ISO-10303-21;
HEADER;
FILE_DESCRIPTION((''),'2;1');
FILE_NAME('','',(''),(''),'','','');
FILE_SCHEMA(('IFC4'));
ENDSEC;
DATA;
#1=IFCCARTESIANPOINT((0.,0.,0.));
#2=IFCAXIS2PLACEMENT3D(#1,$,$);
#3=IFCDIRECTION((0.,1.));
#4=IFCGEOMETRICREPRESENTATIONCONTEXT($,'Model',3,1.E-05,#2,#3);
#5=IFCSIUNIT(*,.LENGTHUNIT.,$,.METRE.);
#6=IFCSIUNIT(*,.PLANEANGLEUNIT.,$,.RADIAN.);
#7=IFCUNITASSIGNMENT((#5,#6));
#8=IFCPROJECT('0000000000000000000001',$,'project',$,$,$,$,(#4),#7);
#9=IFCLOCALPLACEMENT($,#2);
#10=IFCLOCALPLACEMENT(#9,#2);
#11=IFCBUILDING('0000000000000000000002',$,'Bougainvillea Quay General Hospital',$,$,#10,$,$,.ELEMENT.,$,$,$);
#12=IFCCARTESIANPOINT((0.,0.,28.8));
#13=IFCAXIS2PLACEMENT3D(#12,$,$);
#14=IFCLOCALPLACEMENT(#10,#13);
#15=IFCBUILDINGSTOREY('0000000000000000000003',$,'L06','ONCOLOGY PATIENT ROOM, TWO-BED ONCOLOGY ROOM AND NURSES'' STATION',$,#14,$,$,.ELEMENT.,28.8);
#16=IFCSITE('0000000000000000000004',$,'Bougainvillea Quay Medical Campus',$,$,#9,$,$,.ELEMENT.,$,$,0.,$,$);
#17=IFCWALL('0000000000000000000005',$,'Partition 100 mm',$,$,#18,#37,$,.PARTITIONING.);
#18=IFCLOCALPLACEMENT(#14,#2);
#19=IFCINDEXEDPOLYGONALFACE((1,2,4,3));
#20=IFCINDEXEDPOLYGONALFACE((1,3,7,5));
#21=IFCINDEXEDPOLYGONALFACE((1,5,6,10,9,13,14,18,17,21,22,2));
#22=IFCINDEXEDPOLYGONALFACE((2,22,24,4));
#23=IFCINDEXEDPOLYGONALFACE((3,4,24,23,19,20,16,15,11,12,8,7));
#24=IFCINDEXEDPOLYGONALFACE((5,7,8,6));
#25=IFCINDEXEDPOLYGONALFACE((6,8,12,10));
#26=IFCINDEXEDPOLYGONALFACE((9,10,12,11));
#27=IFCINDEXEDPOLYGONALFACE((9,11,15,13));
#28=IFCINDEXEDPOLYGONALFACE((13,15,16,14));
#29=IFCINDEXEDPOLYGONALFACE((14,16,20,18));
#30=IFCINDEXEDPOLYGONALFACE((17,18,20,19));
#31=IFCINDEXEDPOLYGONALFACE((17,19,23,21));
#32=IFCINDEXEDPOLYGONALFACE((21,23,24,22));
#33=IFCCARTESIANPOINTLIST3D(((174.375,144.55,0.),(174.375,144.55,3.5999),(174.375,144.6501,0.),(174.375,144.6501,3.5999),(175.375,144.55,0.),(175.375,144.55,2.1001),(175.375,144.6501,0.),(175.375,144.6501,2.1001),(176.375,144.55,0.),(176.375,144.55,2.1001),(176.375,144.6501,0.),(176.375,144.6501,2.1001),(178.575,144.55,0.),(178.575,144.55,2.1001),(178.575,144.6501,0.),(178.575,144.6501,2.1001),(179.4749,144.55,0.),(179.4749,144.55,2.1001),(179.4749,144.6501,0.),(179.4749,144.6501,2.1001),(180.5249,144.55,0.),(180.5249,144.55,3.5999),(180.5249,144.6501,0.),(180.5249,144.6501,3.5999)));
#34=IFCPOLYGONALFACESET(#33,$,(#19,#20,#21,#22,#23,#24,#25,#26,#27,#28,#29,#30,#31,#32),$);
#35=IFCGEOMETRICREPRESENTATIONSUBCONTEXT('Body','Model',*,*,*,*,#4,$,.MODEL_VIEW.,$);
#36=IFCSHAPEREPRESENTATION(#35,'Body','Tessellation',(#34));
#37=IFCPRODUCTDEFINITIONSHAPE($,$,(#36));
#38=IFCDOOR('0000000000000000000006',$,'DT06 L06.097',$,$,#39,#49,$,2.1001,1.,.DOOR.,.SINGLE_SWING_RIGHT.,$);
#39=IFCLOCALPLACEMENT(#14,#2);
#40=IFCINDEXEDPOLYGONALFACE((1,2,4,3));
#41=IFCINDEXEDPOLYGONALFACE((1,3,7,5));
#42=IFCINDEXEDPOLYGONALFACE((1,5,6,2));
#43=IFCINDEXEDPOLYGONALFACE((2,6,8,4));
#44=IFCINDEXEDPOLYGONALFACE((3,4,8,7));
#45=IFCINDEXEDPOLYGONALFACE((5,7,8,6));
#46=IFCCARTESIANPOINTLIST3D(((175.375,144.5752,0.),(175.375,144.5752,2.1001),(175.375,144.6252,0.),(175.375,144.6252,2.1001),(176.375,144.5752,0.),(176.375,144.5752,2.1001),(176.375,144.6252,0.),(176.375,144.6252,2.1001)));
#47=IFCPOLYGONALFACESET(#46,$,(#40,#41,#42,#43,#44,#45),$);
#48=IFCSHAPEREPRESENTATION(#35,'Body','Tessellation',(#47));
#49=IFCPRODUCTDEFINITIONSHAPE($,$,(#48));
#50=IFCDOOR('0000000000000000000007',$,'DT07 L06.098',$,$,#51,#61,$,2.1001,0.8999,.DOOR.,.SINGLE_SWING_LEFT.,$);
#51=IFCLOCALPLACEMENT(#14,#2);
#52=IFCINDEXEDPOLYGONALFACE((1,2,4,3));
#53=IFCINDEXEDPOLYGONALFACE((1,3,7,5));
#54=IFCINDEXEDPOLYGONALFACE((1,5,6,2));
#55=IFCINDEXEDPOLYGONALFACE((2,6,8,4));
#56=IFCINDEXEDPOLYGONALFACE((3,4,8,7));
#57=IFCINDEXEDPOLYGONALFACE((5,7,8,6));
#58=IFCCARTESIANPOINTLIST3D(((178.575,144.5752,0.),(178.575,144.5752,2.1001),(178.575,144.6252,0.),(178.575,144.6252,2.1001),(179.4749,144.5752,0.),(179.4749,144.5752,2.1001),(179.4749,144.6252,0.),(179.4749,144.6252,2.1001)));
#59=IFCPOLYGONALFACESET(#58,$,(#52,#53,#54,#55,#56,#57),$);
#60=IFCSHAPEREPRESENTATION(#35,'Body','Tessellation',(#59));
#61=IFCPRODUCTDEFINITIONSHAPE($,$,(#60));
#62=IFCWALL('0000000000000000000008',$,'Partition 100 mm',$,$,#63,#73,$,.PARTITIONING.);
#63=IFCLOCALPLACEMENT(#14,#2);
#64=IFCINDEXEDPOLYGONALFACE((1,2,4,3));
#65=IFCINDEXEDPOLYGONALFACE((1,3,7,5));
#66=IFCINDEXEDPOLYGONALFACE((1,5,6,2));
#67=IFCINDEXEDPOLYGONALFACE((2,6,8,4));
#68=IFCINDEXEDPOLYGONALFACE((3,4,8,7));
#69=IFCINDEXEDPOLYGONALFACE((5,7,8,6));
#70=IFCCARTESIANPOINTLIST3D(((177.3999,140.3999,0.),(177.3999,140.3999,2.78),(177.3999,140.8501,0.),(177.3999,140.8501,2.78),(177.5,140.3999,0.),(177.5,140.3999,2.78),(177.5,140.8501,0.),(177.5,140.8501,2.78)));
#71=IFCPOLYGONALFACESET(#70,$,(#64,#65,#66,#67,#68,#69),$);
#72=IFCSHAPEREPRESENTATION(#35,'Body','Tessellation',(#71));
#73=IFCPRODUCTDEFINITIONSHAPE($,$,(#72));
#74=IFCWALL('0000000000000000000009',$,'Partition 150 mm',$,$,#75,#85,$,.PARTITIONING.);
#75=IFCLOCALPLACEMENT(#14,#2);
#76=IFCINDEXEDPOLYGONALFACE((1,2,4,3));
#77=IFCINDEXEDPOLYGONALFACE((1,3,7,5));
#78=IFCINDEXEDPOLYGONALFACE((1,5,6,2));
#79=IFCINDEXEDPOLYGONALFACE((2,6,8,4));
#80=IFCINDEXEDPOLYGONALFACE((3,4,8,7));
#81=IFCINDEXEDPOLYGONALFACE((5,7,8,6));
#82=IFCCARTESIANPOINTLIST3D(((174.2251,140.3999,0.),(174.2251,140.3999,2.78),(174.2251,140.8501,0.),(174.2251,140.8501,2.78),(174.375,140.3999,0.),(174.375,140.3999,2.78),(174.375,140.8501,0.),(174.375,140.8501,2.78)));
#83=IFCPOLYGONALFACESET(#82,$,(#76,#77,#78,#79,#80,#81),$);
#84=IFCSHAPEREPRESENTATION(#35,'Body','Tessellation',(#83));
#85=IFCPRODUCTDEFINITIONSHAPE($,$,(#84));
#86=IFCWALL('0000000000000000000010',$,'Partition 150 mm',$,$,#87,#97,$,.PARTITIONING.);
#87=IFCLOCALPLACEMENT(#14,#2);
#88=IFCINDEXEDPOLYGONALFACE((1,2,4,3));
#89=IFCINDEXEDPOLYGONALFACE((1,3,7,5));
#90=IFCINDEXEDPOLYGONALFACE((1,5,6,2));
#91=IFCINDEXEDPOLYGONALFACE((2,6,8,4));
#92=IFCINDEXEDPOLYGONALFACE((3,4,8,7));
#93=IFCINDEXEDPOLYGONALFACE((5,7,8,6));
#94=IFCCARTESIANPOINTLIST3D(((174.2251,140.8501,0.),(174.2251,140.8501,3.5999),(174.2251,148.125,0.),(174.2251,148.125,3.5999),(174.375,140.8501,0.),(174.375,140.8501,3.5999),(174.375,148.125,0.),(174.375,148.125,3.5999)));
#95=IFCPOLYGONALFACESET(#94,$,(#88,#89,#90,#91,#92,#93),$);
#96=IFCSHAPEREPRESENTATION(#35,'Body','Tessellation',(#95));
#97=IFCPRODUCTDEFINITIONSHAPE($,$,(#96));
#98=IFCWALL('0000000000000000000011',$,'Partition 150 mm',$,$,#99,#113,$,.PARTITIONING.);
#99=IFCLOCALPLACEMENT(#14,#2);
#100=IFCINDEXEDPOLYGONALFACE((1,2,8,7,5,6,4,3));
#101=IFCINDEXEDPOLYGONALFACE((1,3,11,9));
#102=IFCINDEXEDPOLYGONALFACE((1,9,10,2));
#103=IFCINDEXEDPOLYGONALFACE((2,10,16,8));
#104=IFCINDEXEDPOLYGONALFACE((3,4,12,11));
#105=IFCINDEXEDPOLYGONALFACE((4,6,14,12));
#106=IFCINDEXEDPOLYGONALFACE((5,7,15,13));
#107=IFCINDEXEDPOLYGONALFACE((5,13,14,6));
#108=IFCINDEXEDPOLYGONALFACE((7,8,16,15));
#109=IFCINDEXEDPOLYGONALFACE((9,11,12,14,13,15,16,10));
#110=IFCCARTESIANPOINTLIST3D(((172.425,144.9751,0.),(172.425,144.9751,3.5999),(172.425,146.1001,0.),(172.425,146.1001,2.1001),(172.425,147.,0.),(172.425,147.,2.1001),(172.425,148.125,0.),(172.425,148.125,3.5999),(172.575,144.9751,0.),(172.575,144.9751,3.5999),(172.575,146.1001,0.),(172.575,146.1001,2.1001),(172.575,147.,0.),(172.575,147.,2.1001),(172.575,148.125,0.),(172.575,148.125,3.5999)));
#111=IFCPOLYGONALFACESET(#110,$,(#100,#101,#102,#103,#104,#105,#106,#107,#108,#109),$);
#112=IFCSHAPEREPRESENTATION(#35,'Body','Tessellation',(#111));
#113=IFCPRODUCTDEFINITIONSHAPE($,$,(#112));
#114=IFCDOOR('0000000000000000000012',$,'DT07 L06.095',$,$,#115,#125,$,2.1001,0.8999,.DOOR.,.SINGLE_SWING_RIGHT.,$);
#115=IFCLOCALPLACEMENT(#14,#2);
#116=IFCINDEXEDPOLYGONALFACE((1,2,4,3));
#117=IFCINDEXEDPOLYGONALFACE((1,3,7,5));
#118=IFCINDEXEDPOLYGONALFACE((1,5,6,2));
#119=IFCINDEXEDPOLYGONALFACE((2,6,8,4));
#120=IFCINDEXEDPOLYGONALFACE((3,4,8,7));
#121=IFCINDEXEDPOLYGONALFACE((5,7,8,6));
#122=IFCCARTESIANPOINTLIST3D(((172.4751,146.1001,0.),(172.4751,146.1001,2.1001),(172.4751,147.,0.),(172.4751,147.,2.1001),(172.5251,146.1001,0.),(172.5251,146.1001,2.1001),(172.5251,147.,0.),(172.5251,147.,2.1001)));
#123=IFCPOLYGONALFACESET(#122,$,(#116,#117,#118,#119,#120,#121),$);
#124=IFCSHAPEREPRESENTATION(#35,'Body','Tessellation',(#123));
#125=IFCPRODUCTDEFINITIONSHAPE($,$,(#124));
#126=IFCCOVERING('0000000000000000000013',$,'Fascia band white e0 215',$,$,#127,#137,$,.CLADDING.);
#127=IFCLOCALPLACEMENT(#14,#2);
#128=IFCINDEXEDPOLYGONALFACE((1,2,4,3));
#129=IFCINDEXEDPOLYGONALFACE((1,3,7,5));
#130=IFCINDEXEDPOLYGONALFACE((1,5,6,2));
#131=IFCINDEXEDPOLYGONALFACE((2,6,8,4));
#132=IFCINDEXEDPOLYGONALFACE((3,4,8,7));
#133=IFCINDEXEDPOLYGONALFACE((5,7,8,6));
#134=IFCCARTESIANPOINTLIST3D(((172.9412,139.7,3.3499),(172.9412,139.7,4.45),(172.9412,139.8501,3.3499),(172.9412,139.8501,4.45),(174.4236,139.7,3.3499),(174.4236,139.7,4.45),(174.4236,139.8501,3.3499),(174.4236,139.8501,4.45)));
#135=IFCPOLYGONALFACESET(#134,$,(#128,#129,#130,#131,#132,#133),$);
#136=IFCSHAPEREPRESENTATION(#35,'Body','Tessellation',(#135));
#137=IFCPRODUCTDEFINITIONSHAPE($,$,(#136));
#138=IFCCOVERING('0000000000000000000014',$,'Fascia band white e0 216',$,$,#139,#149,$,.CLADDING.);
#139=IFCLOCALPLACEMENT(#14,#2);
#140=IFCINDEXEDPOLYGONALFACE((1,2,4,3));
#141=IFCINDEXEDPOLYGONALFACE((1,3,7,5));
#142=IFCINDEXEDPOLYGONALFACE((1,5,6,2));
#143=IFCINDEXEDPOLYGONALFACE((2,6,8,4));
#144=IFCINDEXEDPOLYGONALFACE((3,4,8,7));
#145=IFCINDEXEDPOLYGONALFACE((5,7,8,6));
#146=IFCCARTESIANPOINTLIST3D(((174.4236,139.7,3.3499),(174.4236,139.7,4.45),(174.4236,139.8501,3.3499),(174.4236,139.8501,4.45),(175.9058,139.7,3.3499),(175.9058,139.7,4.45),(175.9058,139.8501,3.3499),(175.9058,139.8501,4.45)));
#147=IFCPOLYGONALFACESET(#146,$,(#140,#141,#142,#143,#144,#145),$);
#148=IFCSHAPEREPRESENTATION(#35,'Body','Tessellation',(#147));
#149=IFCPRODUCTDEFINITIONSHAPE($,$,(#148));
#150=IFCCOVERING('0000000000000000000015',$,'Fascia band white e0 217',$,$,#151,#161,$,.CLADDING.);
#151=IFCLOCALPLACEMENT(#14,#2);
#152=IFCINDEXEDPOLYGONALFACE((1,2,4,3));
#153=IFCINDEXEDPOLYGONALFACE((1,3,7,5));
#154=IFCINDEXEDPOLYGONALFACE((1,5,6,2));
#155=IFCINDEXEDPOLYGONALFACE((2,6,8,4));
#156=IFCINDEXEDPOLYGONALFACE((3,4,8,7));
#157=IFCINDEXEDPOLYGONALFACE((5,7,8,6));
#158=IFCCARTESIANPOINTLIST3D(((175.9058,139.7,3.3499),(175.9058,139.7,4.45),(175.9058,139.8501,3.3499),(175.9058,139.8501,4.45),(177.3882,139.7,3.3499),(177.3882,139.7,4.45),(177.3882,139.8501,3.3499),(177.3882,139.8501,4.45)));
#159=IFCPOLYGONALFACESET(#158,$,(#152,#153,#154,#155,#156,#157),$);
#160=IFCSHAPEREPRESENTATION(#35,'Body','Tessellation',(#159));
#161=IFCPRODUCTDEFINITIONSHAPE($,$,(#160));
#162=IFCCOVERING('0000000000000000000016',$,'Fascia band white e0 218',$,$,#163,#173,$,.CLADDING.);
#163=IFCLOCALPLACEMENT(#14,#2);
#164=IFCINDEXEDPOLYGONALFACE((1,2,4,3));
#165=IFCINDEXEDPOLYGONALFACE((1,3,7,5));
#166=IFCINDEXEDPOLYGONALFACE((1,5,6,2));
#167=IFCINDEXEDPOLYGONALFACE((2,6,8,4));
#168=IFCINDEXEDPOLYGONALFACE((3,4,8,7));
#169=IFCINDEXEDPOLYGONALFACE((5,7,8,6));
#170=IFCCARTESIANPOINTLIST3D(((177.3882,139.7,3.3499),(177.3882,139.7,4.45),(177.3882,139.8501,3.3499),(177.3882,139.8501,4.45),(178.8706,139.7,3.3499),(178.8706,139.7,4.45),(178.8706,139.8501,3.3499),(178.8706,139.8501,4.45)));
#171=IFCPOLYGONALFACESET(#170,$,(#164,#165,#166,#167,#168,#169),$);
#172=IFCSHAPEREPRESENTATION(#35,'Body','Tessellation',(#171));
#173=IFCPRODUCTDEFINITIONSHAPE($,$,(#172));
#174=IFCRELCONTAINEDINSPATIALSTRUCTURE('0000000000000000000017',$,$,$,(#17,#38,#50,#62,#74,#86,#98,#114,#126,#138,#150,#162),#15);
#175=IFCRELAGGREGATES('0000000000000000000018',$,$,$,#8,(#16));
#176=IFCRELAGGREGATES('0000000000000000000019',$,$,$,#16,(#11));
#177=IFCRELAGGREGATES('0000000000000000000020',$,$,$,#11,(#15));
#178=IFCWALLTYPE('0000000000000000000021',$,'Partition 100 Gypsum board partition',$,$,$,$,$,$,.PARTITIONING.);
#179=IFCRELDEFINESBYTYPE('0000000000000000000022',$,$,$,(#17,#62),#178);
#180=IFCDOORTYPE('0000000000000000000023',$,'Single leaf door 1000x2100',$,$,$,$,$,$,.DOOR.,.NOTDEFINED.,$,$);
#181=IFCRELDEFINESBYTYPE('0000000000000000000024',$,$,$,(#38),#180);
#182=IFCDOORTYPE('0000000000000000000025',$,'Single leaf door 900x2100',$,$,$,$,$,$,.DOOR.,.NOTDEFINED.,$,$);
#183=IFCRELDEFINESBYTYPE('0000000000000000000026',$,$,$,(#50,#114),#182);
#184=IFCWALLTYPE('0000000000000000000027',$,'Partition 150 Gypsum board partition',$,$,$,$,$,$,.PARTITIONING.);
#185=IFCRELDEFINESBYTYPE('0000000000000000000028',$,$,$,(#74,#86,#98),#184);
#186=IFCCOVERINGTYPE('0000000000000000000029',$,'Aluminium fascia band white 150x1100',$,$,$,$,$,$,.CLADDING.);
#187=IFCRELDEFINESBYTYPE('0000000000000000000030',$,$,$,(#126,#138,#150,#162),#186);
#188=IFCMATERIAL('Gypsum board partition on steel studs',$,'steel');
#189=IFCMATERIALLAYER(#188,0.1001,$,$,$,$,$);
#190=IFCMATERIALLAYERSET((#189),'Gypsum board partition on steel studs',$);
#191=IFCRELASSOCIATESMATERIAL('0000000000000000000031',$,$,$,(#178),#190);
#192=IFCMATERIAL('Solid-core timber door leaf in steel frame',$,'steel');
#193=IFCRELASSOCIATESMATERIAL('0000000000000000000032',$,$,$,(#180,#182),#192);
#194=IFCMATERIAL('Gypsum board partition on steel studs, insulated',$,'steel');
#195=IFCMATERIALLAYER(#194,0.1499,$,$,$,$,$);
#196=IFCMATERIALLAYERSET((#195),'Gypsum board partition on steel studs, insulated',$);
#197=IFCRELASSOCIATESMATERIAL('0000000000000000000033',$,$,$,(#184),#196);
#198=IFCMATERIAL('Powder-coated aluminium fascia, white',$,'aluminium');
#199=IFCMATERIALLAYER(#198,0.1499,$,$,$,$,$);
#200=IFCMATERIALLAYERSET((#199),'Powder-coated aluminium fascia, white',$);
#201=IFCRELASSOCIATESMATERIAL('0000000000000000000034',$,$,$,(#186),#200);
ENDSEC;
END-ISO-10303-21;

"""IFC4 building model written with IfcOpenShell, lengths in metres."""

from ifc_helpers import new_model, si_unit, direction, frame, frame_2d, origin, place, context, subcontext, project, spatial, polyline, rectangle, outline, extrude, material, layer, layer_set, type_object, element, fill, save


model = new_model("IFC4")

# Units and contexts
model_context = context("Model", 3, precision=1e-05, world=origin(), true_north=direction((0.0, 1.0)))
body_context = subcontext(model_context, "Body", "Model", "MODEL_VIEW")
ifc_project = project(units=[si_unit("LENGTHUNIT", "METRE"), si_unit("PLANEANGLEUNIT", "RADIAN")], contexts=[model_context])

# Site, building, storey
site_placement = place(None, origin())
site = spatial("IfcSite", under=ifc_project, at=site_placement, Name="Bougainvillea Quay Medical Campus", CompositionType="ELEMENT", RefElevation=0.0)
building_placement = place(site_placement, origin())
building = spatial("IfcBuilding", under=site, at=building_placement, Name="Bougainvillea Quay General Hospital", CompositionType="ELEMENT")
storey_placement = place(building_placement, frame((0.0, 0.0, 28.8)))
storey = spatial("IfcBuildingStorey", under=building, at=storey_placement, Name="L06", Description="ONCOLOGY PATIENT ROOM, TWO-BED ONCOLOGY ROOM AND NURSES' STATION", CompositionType="ELEMENT", Elevation=28.8)

# Wall, openings, doors
ifc_material_1 = material(Name="Gypsum board partition on steel studs", Category="steel")
ifc_layer_1 = layer(ifc_material_1, 0.1001)
ifc_layer_set_1 = layer_set([ifc_layer_1], Name="Gypsum board partition on steel studs")
wall_type_1 = type_object("IfcWallType", Name="Partition 100 Gypsum board partition", PredefinedType="PARTITIONING", material=ifc_layer_set_1)
wall_1_placement = place(storey_placement, frame((174.375, 144.6001, 0.0), z_axis=(0.0, 0.0, 1.0), x_axis=(1.0, 0.0, 0.0)))
wall_1 = element("IfcWall", 1, at=wall_1_placement, inside=storey, type_object=wall_type_1, Name="Partition 100 mm", PredefinedType="PARTITIONING", context=body_context, shape_type="SweptSolid", body=[
    extrude(rectangle(XDim=6.1499, YDim=0.1001, at=frame_2d((3.075, 0.0))), origin(), (0.0, 0.0, 1.0), 3.5999),
])
opening_1_placement = place(wall_1_placement, frame((1.0, 0.0, 0.0)))
opening_1 = element("IfcOpeningElement", 2, at=opening_1_placement, cuts=wall_1, PredefinedType="OPENING", context=body_context, shape_type="SweptSolid", body=[
    extrude(rectangle(XDim=1.0, YDim=2.1001, at=frame_2d((0.5, 1.05))), frame((0.0, 0.0601, 0.0), z_axis=(0.0, -1.0, 0.0), x_axis=(1.0, 0.0, 0.0)), (0.0, 0.0, 1.0), 0.1201),
])
opening_2_placement = place(wall_1_placement, frame((4.2, 0.0, 0.0)))
opening_2 = element("IfcOpeningElement", 3, at=opening_2_placement, cuts=wall_1, PredefinedType="OPENING", context=body_context, shape_type="SweptSolid", body=[
    extrude(rectangle(XDim=0.8999, YDim=2.1001, at=frame_2d((0.45, 1.05))), frame((0.0, 0.0601, 0.0), z_axis=(0.0, -1.0, 0.0), x_axis=(1.0, 0.0, 0.0)), (0.0, 0.0, 1.0), 0.1201),
])
ifc_material_2 = material(Name="Solid-core timber door leaf in steel frame", Category="steel")
door_type_1 = type_object("IfcDoorType", Name="Single leaf door 1000x2100", OperationType="NOTDEFINED", PredefinedType="DOOR", material=ifc_material_2)
door_1_placement = place(opening_1_placement, frame((1.0, 0.0, 0.0), z_axis=(0.0, 0.0, 1.0), x_axis=(-1.0, 0.0, 0.0)))
door_1 = element("IfcDoor", 4, at=door_1_placement, inside=storey, type_object=door_type_1, Name="DT06 L06.097", OperationType="SINGLE_SWING_RIGHT", OverallHeight=2.1001, OverallWidth=1.0, PredefinedType="DOOR", context=body_context, shape_type="SweptSolid", body=[
    extrude(rectangle(XDim=1.0, YDim=2.1001, at=frame_2d((0.5, 1.05))), frame((0.0, 0.0249, 0.0), z_axis=(0.0, -1.0, 0.0), x_axis=(1.0, 0.0, 0.0)), (0.0, 0.0, 1.0), 0.05),
])
fill(opening_1, door_1)
door_type_2 = type_object("IfcDoorType", Name="Single leaf door 900x2100", OperationType="NOTDEFINED", PredefinedType="DOOR", material=ifc_material_2)
door_2_placement = place(opening_2_placement, frame((0.8999, 0.0, 0.0), z_axis=(0.0, 0.0, 1.0), x_axis=(-1.0, 0.0, 0.0)))
door_2 = element("IfcDoor", 5, at=door_2_placement, inside=storey, type_object=door_type_2, Name="DT07 L06.098", OperationType="SINGLE_SWING_LEFT", OverallHeight=2.1001, OverallWidth=0.8999, PredefinedType="DOOR", context=body_context, shape_type="SweptSolid", body=[
    extrude(rectangle(XDim=0.8999, YDim=2.1001, at=frame_2d((0.45, 1.05))), frame((0.0, 0.0249, 0.0), z_axis=(0.0, -1.0, 0.0), x_axis=(1.0, 0.0, 0.0)), (0.0, 0.0, 1.0), 0.05),
])
fill(opening_2, door_2)

# Walls
wall_2_placement = place(storey_placement, frame((177.45, 140.3999, 0.0), z_axis=(0.0, 0.0, 1.0), x_axis=(0.0, 1.0, 0.0)))
element("IfcWall", 6, at=wall_2_placement, inside=storey, type_object=wall_type_1, Name="Partition 100 mm", PredefinedType="PARTITIONING", context=body_context, shape_type="SweptSolid", body=[
    extrude(rectangle(XDim=0.4502, YDim=0.1001, at=frame_2d((0.2251, 0.0))), origin(), (0.0, 0.0, 1.0), 2.78),
])
ifc_material_3 = material(Name="Gypsum board partition on steel studs, insulated", Category="steel")
ifc_layer_2 = layer(ifc_material_3, 0.1499)
ifc_layer_set_2 = layer_set([ifc_layer_2], Name="Gypsum board partition on steel studs, insulated")
wall_type_2 = type_object("IfcWallType", Name="Partition 150 Gypsum board partition", PredefinedType="PARTITIONING", material=ifc_layer_set_2)
wall_3_placement = place(storey_placement, frame((174.3, 140.3999, 0.0), z_axis=(0.0, 0.0, 1.0), x_axis=(0.0, 1.0, 0.0)))
element("IfcWall", 7, at=wall_3_placement, inside=storey, type_object=wall_type_2, Name="Partition 150 mm", PredefinedType="PARTITIONING", context=body_context, shape_type="SweptSolid", body=[
    extrude(rectangle(XDim=0.4502, YDim=0.1499, at=frame_2d((0.2251, 0.0))), origin(), (0.0, 0.0, 1.0), 2.78),
])
wall_4_placement = place(storey_placement, frame((174.3, 140.8501, 0.0), z_axis=(0.0, 0.0, 1.0), x_axis=(0.0, 1.0, 0.0)))
element("IfcWall", 8, at=wall_4_placement, inside=storey, type_object=wall_type_2, Name="Partition 150 mm", PredefinedType="PARTITIONING", context=body_context, shape_type="SweptSolid", body=[
    extrude(rectangle(XDim=7.2749, YDim=0.1499, at=frame_2d((3.6375, 0.0))), origin(), (0.0, 0.0, 1.0), 3.5999),
])

# Wall, opening, door
wall_5_placement = place(storey_placement, frame((172.5, 144.9751, 0.0), z_axis=(0.0, 0.0, 1.0), x_axis=(0.0, 1.0, 0.0)))
wall_5 = element("IfcWall", 9, at=wall_5_placement, inside=storey, type_object=wall_type_2, Name="Partition 150 mm", PredefinedType="PARTITIONING", context=body_context, shape_type="SweptSolid", body=[
    extrude(rectangle(XDim=3.1499, YDim=0.1499, at=frame_2d((1.575, 0.0))), origin(), (0.0, 0.0, 1.0), 3.5999),
])
opening_3_placement = place(wall_5_placement, frame((1.125, 0.0, 0.0)))
opening_3 = element("IfcOpeningElement", 10, at=opening_3_placement, cuts=wall_5, PredefinedType="OPENING", context=body_context, shape_type="SweptSolid", body=[
    extrude(rectangle(XDim=0.8999, YDim=2.1001, at=frame_2d((0.45, 1.05))), frame((0.0, 0.085, 0.0), z_axis=(0.0, -1.0, 0.0), x_axis=(1.0, 0.0, 0.0)), (0.0, 0.0, 1.0), 0.1699),
])
door_3_placement = place(opening_3_placement, origin())
door_3 = element("IfcDoor", 11, at=door_3_placement, inside=storey, type_object=door_type_2, Name="DT07 L06.095", OperationType="SINGLE_SWING_RIGHT", OverallHeight=2.1001, OverallWidth=0.8999, PredefinedType="DOOR", context=body_context, shape_type="SweptSolid", body=[
    extrude(rectangle(XDim=0.8999, YDim=2.1001, at=frame_2d((0.45, 1.05))), frame((0.0, 0.0249, 0.0), z_axis=(0.0, -1.0, 0.0), x_axis=(1.0, 0.0, 0.0)), (0.0, 0.0, 1.0), 0.05),
])
fill(opening_3, door_3)

# Coverings
ifc_material_4 = material(Name="Powder-coated aluminium fascia, white", Category="aluminium")
ifc_layer_3 = layer(ifc_material_4, 0.1499)
ifc_layer_set_3 = layer_set([ifc_layer_3], Name="Powder-coated aluminium fascia, white")
covering_type = type_object("IfcCoveringType", Name="Aluminium fascia band white 150x1100", PredefinedType="CLADDING", material=ifc_layer_set_3)
covering_1_placement = place(storey_placement, frame((172.9412, 139.8501, 3.3499), z_axis=(0.0, 0.0, 1.0), x_axis=(1.0, 0.0, 0.0)))
element("IfcCovering", 12, at=covering_1_placement, inside=storey, type_object=covering_type, Name="Fascia band white e0 215", PredefinedType="CLADDING", context=body_context, shape_type="SweptSolid", body=[
    extrude(outline(polyline([(0.0, 0.0), (1.4824, 0.0), (1.4824, -0.1501), (0.0, -0.1501), (0.0, 0.0)])), origin(), (0.0, 0.0, 1.0), 1.1001),
])
covering_2_placement = place(storey_placement, frame((174.4236, 139.8501, 3.3499), z_axis=(0.0, 0.0, 1.0), x_axis=(1.0, 0.0, 0.0)))
element("IfcCovering", 13, at=covering_2_placement, inside=storey, type_object=covering_type, Name="Fascia band white e0 216", PredefinedType="CLADDING", context=body_context, shape_type="SweptSolid", body=[
    extrude(outline(polyline([(0.0, 0.0), (1.4822, 0.0), (1.4822, -0.1501), (0.0, -0.1501), (0.0, 0.0)])), origin(), (0.0, 0.0, 1.0), 1.1001),
])
for number, where, z_axis, x_axis, name in (
    (14, (175.9058, 139.8501, 3.3499), (0.0, 0.0, 1.0), (1.0, 0.0, 0.0), "Fascia band white e0 217"),
    (15, (177.3882, 139.8501, 3.3499), (0.0, 0.0, 1.0), (1.0, 0.0, 0.0), "Fascia band white e0 218"),
):
    element("IfcCovering", number, at=place(storey_placement, frame(where, z_axis=z_axis, x_axis=x_axis)), inside=storey, type_object=covering_type, Name=name, PredefinedType="CLADDING", context=body_context, shape_type="SweptSolid", body=[
        extrude(outline(polyline([(0.0, 0.0), (1.4824, 0.0), (1.4824, -0.1501), (0.0, -0.1501), (0.0, 0.0)])), origin(), (0.0, 0.0, 1.0), 1.1001),
    ])

save(model, "model.ifc")
